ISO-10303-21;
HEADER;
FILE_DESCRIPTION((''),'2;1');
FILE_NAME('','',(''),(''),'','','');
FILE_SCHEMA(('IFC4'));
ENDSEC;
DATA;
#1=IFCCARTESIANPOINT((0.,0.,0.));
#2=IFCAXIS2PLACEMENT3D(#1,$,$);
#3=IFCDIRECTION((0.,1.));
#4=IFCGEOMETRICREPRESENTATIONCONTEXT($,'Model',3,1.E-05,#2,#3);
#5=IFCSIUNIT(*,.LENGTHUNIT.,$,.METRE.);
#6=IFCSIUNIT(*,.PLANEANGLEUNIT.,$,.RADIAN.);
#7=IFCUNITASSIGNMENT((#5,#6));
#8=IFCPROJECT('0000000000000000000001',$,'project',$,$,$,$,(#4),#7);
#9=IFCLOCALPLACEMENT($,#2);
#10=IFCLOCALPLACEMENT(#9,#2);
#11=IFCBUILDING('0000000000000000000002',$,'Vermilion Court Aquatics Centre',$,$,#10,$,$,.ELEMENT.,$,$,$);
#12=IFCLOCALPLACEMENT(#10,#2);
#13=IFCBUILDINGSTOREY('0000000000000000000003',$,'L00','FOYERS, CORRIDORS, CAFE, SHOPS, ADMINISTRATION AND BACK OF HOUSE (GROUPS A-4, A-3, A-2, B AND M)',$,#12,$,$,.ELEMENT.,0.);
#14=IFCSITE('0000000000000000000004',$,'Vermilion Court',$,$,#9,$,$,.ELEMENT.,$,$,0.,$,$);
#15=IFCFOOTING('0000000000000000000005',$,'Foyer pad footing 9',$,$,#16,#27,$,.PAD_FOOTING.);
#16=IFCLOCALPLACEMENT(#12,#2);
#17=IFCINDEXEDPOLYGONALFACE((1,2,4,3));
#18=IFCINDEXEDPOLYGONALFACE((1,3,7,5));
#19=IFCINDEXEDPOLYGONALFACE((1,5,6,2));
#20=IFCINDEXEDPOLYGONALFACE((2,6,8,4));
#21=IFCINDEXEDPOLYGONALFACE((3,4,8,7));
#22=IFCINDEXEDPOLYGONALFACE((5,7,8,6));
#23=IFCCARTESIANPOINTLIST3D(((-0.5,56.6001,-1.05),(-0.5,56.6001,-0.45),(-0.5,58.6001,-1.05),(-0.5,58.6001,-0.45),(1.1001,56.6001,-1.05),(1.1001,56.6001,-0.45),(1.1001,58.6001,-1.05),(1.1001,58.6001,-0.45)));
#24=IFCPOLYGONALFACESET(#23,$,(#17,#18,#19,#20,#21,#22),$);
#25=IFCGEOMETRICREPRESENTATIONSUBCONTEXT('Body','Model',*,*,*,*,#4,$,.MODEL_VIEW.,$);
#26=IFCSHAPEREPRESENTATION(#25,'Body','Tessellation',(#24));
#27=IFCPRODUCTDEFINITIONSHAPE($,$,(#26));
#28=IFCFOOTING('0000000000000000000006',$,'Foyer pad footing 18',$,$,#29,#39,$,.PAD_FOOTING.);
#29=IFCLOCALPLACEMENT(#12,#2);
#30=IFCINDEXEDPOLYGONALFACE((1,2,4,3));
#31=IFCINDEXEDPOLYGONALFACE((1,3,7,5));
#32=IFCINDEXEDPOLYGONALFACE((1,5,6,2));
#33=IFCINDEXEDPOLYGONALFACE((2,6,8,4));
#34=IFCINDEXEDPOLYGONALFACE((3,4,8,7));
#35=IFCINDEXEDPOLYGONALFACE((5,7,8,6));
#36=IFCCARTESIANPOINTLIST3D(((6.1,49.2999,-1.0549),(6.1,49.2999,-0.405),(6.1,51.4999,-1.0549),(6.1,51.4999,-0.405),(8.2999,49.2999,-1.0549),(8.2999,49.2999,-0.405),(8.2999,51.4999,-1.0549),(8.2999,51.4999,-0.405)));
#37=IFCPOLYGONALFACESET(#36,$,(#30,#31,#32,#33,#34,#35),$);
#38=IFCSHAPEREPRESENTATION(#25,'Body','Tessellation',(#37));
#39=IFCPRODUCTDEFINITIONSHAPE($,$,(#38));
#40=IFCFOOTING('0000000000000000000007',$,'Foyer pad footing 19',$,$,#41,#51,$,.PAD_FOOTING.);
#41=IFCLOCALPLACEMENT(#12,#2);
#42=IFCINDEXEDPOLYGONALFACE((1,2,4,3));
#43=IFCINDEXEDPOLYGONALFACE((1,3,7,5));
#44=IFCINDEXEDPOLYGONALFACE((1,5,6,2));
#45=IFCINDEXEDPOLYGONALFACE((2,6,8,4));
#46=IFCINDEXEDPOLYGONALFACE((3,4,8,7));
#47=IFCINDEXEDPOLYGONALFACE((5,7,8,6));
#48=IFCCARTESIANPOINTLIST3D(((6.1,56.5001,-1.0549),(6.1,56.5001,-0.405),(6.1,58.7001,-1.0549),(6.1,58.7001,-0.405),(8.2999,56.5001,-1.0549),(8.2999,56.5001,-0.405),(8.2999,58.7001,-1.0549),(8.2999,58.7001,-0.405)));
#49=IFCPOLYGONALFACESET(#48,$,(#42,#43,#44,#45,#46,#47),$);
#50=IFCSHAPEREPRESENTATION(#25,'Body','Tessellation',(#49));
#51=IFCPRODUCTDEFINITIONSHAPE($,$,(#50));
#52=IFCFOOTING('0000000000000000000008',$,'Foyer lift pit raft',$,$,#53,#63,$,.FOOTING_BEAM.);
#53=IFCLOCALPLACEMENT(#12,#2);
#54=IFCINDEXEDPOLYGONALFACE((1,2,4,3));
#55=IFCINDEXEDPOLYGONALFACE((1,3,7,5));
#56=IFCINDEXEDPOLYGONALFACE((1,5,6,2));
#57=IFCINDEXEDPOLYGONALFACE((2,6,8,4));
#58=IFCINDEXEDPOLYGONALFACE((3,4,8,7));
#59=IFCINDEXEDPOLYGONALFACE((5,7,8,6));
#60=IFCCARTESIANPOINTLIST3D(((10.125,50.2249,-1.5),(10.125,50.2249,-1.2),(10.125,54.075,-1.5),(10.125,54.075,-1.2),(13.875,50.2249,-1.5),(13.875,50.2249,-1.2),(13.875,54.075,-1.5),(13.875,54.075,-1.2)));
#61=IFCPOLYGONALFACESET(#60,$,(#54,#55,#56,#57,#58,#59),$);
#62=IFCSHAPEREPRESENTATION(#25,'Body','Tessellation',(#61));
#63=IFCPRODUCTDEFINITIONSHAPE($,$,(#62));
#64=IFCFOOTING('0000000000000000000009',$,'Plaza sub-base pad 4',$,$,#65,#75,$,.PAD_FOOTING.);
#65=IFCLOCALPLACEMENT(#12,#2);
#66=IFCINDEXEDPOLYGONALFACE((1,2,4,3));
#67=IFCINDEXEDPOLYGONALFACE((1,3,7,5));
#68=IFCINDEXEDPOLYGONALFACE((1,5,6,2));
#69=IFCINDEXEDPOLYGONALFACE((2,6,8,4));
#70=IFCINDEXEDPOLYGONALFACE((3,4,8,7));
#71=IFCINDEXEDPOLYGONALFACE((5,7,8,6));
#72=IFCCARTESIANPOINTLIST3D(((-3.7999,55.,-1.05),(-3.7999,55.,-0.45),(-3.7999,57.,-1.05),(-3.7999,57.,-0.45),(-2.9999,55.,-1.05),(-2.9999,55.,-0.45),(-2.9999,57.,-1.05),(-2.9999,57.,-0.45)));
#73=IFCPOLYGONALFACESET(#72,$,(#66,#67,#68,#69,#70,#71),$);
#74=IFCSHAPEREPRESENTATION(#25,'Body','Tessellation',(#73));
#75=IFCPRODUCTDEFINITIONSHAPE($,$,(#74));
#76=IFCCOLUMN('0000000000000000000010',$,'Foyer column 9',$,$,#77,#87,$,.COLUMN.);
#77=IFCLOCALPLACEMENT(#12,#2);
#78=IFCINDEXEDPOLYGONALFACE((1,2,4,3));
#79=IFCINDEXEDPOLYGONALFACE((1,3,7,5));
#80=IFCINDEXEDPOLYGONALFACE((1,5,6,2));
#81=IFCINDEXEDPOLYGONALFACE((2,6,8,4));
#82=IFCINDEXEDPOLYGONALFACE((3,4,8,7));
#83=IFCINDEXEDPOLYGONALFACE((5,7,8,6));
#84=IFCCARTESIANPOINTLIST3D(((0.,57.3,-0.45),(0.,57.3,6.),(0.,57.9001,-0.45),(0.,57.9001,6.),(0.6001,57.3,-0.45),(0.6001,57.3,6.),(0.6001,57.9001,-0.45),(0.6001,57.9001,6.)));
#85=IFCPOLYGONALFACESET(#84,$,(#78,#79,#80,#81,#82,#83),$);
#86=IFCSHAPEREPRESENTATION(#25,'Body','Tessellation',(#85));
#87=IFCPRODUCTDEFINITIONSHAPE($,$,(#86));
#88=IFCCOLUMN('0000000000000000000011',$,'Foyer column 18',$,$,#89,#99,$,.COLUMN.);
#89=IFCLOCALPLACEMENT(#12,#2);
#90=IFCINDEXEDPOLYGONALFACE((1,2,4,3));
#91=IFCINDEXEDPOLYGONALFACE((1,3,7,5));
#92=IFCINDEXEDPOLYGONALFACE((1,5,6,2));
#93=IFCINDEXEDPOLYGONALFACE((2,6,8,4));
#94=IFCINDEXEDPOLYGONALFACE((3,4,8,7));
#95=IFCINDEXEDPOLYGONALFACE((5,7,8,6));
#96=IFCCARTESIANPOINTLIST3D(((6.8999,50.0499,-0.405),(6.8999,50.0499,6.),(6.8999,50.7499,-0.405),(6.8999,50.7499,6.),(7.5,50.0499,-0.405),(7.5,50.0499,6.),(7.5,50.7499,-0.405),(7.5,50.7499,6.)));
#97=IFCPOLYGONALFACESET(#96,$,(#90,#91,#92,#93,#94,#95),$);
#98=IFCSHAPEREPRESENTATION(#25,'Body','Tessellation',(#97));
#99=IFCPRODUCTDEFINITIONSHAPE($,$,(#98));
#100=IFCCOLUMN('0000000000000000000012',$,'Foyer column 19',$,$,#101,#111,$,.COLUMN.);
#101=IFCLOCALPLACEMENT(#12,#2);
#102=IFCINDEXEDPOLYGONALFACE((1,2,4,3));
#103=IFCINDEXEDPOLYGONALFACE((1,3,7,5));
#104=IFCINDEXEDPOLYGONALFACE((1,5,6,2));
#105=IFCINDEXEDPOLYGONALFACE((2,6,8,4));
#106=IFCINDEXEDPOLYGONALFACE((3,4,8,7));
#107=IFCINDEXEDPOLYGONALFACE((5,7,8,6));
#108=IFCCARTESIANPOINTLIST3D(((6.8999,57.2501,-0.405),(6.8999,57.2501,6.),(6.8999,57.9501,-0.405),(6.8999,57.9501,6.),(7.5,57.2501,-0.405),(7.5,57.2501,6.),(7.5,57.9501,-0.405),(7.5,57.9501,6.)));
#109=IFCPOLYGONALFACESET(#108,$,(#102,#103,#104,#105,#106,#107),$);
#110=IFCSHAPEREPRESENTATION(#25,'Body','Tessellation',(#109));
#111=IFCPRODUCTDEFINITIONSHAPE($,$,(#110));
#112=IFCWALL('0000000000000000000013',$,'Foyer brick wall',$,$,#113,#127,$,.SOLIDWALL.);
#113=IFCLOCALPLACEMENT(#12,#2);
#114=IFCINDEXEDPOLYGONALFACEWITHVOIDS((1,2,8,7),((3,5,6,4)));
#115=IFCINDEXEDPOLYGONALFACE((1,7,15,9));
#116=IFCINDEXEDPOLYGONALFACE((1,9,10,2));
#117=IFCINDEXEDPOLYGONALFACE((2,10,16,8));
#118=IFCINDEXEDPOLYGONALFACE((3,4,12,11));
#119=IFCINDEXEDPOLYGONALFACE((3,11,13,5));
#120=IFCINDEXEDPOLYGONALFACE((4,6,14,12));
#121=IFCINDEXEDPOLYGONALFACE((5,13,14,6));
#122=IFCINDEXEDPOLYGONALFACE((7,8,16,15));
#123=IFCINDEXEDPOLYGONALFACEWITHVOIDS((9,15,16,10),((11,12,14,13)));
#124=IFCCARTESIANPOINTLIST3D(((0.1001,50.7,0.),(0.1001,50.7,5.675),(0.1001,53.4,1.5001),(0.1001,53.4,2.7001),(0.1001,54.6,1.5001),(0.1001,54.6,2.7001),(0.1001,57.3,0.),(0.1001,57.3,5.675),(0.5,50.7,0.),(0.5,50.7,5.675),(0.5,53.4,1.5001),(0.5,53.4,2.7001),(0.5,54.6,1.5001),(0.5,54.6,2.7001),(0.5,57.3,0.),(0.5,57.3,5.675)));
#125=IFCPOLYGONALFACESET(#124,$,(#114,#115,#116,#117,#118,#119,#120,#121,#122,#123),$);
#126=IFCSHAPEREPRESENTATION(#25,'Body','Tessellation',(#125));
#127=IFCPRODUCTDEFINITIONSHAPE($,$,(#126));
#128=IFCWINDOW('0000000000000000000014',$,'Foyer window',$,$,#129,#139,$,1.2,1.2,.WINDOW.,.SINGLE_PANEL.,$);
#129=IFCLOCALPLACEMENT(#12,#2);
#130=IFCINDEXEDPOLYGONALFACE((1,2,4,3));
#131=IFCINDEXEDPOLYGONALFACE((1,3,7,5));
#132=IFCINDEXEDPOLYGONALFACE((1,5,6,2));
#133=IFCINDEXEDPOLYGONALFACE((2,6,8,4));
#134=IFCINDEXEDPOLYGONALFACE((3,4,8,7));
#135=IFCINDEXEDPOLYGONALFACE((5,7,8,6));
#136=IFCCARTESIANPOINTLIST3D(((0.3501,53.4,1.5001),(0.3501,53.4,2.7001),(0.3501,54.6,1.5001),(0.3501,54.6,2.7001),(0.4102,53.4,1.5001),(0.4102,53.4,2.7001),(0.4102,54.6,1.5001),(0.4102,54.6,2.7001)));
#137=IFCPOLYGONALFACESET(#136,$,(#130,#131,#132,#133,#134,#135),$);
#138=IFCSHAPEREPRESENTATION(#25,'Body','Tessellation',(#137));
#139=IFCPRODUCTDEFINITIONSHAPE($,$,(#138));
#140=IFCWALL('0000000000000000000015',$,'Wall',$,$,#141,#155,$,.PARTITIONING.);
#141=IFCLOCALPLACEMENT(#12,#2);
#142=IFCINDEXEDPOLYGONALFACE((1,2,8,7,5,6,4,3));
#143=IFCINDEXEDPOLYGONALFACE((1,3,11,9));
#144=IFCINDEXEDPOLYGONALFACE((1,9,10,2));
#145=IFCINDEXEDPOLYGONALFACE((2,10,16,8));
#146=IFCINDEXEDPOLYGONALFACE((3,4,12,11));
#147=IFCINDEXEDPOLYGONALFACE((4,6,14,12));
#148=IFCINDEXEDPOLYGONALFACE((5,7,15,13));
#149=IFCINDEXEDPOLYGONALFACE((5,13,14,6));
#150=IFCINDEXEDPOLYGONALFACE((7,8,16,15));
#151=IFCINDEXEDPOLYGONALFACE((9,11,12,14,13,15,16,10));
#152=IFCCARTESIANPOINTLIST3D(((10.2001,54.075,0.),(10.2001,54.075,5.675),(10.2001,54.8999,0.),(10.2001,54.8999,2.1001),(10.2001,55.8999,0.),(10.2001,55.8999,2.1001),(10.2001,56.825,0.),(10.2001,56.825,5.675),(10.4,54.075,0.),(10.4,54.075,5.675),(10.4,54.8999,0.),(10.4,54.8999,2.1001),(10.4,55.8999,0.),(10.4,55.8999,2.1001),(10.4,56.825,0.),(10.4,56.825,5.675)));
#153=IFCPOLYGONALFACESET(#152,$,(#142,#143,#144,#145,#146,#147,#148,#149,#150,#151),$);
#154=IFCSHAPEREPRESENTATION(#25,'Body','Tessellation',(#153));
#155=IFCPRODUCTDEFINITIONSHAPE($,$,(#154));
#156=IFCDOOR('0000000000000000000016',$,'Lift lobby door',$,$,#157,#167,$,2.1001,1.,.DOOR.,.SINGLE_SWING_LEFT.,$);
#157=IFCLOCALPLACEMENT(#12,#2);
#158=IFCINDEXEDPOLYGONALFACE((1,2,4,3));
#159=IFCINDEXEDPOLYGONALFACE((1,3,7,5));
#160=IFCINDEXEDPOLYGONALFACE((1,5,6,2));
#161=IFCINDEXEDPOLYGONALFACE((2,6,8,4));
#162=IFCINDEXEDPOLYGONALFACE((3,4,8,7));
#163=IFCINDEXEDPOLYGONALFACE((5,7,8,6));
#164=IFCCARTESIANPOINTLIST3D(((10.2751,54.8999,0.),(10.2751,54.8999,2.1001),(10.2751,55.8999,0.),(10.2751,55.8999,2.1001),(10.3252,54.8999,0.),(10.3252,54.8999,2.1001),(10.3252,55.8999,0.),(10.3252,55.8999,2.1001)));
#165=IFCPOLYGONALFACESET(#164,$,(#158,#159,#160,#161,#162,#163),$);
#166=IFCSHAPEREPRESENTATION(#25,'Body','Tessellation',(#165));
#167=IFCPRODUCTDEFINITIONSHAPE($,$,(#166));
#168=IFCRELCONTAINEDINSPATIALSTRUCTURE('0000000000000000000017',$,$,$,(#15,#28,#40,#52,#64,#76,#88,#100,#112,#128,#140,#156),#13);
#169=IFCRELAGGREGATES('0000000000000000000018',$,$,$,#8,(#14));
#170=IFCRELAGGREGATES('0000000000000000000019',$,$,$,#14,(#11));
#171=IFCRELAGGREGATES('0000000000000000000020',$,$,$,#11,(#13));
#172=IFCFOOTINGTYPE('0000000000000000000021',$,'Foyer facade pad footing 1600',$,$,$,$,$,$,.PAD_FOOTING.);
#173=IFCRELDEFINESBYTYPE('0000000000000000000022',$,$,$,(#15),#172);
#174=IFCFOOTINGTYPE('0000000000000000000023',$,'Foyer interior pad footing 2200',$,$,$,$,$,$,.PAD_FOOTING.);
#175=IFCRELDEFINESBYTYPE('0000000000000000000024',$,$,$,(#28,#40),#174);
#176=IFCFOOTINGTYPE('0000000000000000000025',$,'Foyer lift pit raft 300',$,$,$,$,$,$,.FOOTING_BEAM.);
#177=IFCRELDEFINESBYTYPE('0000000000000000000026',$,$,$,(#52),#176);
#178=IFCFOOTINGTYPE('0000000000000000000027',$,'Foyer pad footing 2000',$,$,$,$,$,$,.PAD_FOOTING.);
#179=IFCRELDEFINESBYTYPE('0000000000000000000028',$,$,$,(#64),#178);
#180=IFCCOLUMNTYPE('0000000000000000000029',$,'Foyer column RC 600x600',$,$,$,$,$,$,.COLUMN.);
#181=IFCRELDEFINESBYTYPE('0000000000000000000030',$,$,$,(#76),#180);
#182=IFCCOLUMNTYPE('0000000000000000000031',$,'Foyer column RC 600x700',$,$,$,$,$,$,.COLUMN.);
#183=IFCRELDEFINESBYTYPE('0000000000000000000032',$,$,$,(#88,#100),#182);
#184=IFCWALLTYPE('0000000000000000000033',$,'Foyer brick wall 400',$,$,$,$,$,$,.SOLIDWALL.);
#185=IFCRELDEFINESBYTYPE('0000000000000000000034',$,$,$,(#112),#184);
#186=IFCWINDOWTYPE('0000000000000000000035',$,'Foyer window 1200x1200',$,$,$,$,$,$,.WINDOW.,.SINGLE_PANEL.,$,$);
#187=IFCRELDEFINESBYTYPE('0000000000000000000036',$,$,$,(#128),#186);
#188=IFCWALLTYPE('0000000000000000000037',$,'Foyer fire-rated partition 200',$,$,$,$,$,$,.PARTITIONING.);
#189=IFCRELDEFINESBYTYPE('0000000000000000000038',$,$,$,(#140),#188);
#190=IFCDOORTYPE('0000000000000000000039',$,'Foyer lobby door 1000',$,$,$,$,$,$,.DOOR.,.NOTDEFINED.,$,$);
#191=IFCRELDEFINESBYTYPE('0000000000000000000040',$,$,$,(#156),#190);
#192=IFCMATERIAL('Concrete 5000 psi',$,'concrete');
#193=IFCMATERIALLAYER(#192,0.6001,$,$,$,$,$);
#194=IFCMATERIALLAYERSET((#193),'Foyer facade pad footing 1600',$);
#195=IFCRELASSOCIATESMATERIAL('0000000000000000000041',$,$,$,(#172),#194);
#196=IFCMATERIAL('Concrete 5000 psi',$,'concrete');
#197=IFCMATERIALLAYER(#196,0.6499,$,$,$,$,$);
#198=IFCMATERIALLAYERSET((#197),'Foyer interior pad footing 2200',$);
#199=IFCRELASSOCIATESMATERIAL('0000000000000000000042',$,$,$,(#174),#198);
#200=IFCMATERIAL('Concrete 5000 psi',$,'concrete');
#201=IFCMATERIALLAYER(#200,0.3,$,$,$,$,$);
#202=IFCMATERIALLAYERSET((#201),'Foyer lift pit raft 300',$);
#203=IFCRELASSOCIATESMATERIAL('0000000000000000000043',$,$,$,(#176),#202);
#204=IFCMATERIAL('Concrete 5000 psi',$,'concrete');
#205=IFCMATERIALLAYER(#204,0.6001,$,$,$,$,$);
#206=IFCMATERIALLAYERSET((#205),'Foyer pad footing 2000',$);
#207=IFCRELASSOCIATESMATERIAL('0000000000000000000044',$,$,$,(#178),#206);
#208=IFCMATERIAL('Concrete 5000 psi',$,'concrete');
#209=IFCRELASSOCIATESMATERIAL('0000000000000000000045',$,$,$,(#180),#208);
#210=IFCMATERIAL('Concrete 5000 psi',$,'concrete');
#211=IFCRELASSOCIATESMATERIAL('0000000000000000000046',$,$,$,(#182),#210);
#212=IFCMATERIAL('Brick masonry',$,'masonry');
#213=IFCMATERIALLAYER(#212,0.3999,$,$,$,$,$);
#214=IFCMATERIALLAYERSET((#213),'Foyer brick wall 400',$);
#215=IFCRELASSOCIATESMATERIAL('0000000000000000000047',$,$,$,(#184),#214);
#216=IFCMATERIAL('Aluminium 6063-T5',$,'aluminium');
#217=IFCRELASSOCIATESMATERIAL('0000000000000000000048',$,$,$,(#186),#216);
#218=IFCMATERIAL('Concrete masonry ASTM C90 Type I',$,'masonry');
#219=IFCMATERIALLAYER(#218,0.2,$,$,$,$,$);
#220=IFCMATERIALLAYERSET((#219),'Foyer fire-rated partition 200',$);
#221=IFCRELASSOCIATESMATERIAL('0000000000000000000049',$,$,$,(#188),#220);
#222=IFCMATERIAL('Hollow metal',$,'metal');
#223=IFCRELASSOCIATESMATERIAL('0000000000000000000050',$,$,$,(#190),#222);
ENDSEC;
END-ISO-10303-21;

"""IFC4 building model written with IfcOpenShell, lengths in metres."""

from ifc_helpers import new_model, si_unit, direction, frame, frame_2d, origin, origin_2d, place, context, subcontext, project, spatial, rectangle, extrude, material, layer, layer_set, material_profile, profile_set, type_object, element, fill, save


model = new_model("IFC4")

# Units and contexts
model_context = context("Model", 3, precision=1e-05, world=origin(), true_north=direction((0.0, 1.0)))
body_context = subcontext(model_context, "Body", "Model", "MODEL_VIEW")
ifc_project = project(units=[si_unit("LENGTHUNIT", "METRE"), si_unit("PLANEANGLEUNIT", "RADIAN")], contexts=[model_context])

# Site, building, storey
site_placement = place(None, origin())
site = spatial("IfcSite", under=ifc_project, at=site_placement, Name="Vermilion Court", CompositionType="ELEMENT", RefElevation=0.0)
building_placement = place(site_placement, origin())
building = spatial("IfcBuilding", under=site, at=building_placement, Name="Vermilion Court Aquatics Centre", CompositionType="ELEMENT")
storey_placement = place(building_placement, origin())
storey = spatial("IfcBuildingStorey", under=building, at=storey_placement, Name="L00", Description="FOYERS, CORRIDORS, CAFE, SHOPS, ADMINISTRATION AND BACK OF HOUSE (GROUPS A-4, A-3, A-2, B AND M)", CompositionType="ELEMENT", Elevation=0.0)

# Footings
ifc_material_1 = material(Name="Concrete 5000 psi", Category="concrete")
ifc_layer_1 = layer(ifc_material_1, 0.6001)
ifc_layer_set_1 = layer_set([ifc_layer_1], Name="Foyer facade pad footing 1600")
footing_type_1 = type_object("IfcFootingType", Name="Foyer facade pad footing 1600", PredefinedType="PAD_FOOTING", material=ifc_layer_set_1)
footing_1_placement = place(storey_placement, frame((0.3, 57.6001, -1.05), z_axis=(0.0, 0.0, 1.0), x_axis=(1.0, 0.0, 0.0)))
element("IfcFooting", 1, at=footing_1_placement, inside=storey, type_object=footing_type_1, Name="Foyer pad footing 9", PredefinedType="PAD_FOOTING", context=body_context, shape_type="SweptSolid", body=[
    extrude(rectangle(XDim=1.6001, YDim=2.0, at=origin_2d()), origin(), (0.0, 0.0, 1.0), 0.6001),
])
ifc_material_2 = material(Name="Concrete 5000 psi", Category="concrete")
ifc_layer_2 = layer(ifc_material_2, 0.6499)
ifc_layer_set_2 = layer_set([ifc_layer_2], Name="Foyer interior pad footing 2200")
footing_type_2 = type_object("IfcFootingType", Name="Foyer interior pad footing 2200", PredefinedType="PAD_FOOTING", material=ifc_layer_set_2)
for number, where, z_axis, x_axis, name in (
    (2, (7.2, 50.3999, -1.0549), (0.0, 0.0, 1.0), (1.0, 0.0, 0.0), "Foyer pad footing 18"),
    (3, (7.2, 57.6001, -1.0549), (0.0, 0.0, 1.0), (1.0, 0.0, 0.0), "Foyer pad footing 19"),
):
    element("IfcFooting", number, at=place(storey_placement, frame(where, z_axis=z_axis, x_axis=x_axis)), inside=storey, type_object=footing_type_2, Name=name, PredefinedType="PAD_FOOTING", context=body_context, shape_type="SweptSolid", body=[
        extrude(rectangle(XDim=2.2, YDim=2.2, at=origin_2d()), origin(), (0.0, 0.0, 1.0), 0.6499),
    ])
ifc_material_3 = material(Name="Concrete 5000 psi", Category="concrete")
ifc_layer_3 = layer(ifc_material_3, 0.3)
ifc_layer_set_3 = layer_set([ifc_layer_3], Name="Foyer lift pit raft 300")
footing_type_3 = type_object("IfcFootingType", Name="Foyer lift pit raft 300", PredefinedType="FOOTING_BEAM", material=ifc_layer_set_3)
footing_2_placement = place(storey_placement, frame((12.0, 52.1499, -1.5), z_axis=(0.0, 0.0, 1.0), x_axis=(1.0, 0.0, 0.0)))
element("IfcFooting", 4, at=footing_2_placement, inside=storey, type_object=footing_type_3, Name="Foyer lift pit raft", PredefinedType="FOOTING_BEAM", context=body_context, shape_type="SweptSolid", body=[
    extrude(rectangle(XDim=3.75, YDim=3.8501, at=origin_2d()), origin(), (0.0, 0.0, 1.0), 0.3),
])
ifc_material_4 = material(Name="Concrete 5000 psi", Category="concrete")
ifc_layer_4 = layer(ifc_material_4, 0.6001)
ifc_layer_set_4 = layer_set([ifc_layer_4], Name="Foyer pad footing 2000")
footing_type_4 = type_object("IfcFootingType", Name="Foyer pad footing 2000", PredefinedType="PAD_FOOTING", material=ifc_layer_set_4)
footing_3_placement = place(storey_placement, frame((-3.3999, 56.0, -1.05), z_axis=(0.0, 0.0, 1.0), x_axis=(1.0, 0.0, 0.0)))
element("IfcFooting", 5, at=footing_3_placement, inside=storey, type_object=footing_type_4, Name="Plaza sub-base pad 4", PredefinedType="PAD_FOOTING", context=body_context, shape_type="SweptSolid", body=[
    extrude(rectangle(XDim=0.8, YDim=2.0, at=origin_2d()), origin(), (0.0, 0.0, 1.0), 0.6001),
])

# Columns
ifc_material_5 = material(Name="Concrete 5000 psi", Category="concrete")
ifc_material_profile_1 = material_profile(ifc_material_5, rectangle(XDim=0.6001, YDim=0.6001, at=origin_2d()), Name="RC 600x600")
ifc_profile_set_1 = profile_set([ifc_material_profile_1], Name="Concrete 5000 psi")
column_type_1 = type_object("IfcColumnType", Name="Foyer column RC 600x600", PredefinedType="COLUMN", material=ifc_profile_set_1)
column_placement = place(storey_placement, frame((0.3, 57.6001, -0.45), z_axis=(0.0, 0.0, 1.0), x_axis=(1.0, 0.0, 0.0)))
element("IfcColumn", 6, at=column_placement, inside=storey, type_object=column_type_1, Name="Foyer column 9", PredefinedType="COLUMN", context=body_context, shape_type="SweptSolid", body=[
    extrude(rectangle(XDim=0.6001, YDim=0.6001, at=origin_2d()), origin(), (0.0, 0.0, 1.0), 6.45),
])
ifc_material_6 = material(Name="Concrete 5000 psi", Category="concrete")
ifc_material_profile_2 = material_profile(ifc_material_6, rectangle(XDim=0.6001, YDim=0.7, at=origin_2d()), Name="RC 600x700")
ifc_profile_set_2 = profile_set([ifc_material_profile_2], Name="Concrete 5000 psi")
column_type_2 = type_object("IfcColumnType", Name="Foyer column RC 600x700", PredefinedType="COLUMN", material=ifc_profile_set_2)
for number, where, z_axis, x_axis, name in (
    (7, (7.2, 50.3999, -0.405), (0.0, 0.0, 1.0), (1.0, 0.0, 0.0), "Foyer column 18"),
    (8, (7.2, 57.6001, -0.405), (0.0, 0.0, 1.0), (1.0, 0.0, 0.0), "Foyer column 19"),
):
    element("IfcColumn", number, at=place(storey_placement, frame(where, z_axis=z_axis, x_axis=x_axis)), inside=storey, type_object=column_type_2, Name=name, PredefinedType="COLUMN", context=body_context, shape_type="SweptSolid", body=[
        extrude(rectangle(XDim=0.6001, YDim=0.7, at=origin_2d()), origin(), (0.0, 0.0, 1.0), 6.405),
    ])

# Wall, opening, window
ifc_material_7 = material(Name="Brick masonry", Category="masonry")
ifc_layer_5 = layer(ifc_material_7, 0.3999)
ifc_layer_set_5 = layer_set([ifc_layer_5], Name="Foyer brick wall 400")
wall_type_1 = type_object("IfcWallType", Name="Foyer brick wall 400", PredefinedType="SOLIDWALL", material=ifc_layer_set_5)
wall_1_placement = place(storey_placement, frame((0.3, 50.7, 0.0), z_axis=(0.0, 0.0, 1.0), x_axis=(0.0, 1.0, 0.0)))
wall_1 = element("IfcWall", 9, at=wall_1_placement, inside=storey, type_object=wall_type_1, Name="Foyer brick wall", PredefinedType="SOLIDWALL", context=body_context, shape_type="SweptSolid", body=[
    extrude(rectangle(XDim=6.6001, YDim=0.3999, at=frame_2d((3.3, 0.0))), origin(), (0.0, 0.0, 1.0), 5.675),
])
opening_1_placement = place(wall_1_placement, frame((2.7, 0.0, 1.5)))
opening_1 = element("IfcOpeningElement", 10, at=opening_1_placement, cuts=wall_1, PredefinedType="OPENING", context=body_context, shape_type="SweptSolid", body=[
    extrude(rectangle(XDim=1.2, YDim=1.2, at=frame_2d((0.6001, 0.6001))), frame((0.0, 0.21, 0.0), z_axis=(0.0, -1.0, 0.0), x_axis=(1.0, 0.0, 0.0)), (0.0, 0.0, 1.0), 0.4199),
])
ifc_material_8 = material(Name="Aluminium 6063-T5", Category="aluminium")
window_type = type_object("IfcWindowType", Name="Foyer window 1200x1200", PartitioningType="SINGLE_PANEL", PredefinedType="WINDOW", material=ifc_material_8)
window_placement = place(opening_1_placement, origin())
window = element("IfcWindow", 11, at=window_placement, inside=storey, type_object=window_type, Name="Foyer window", OverallHeight=1.2, OverallWidth=1.2, PartitioningType="SINGLE_PANEL", PredefinedType="WINDOW", context=body_context, shape_type="SweptSolid", body=[
    extrude(rectangle(XDim=1.2, YDim=1.2, at=frame_2d((0.6001, 0.6001))), frame((0.0, -0.05, 0.0), z_axis=(0.0, -1.0, 0.0), x_axis=(1.0, 0.0, 0.0)), (0.0, 0.0, 1.0), 0.0601),
])
fill(opening_1, window)

# Wall, opening, door
ifc_material_9 = material(Name="Concrete masonry ASTM C90 Type I", Category="masonry")
ifc_layer_6 = layer(ifc_material_9, 0.2)
ifc_layer_set_6 = layer_set([ifc_layer_6], Name="Foyer fire-rated partition 200")
wall_type_2 = type_object("IfcWallType", Name="Foyer fire-rated partition 200", PredefinedType="PARTITIONING", material=ifc_layer_set_6)
wall_2_placement = place(storey_placement, frame((10.3, 54.075, 0.0), z_axis=(0.0, 0.0, 1.0), x_axis=(0.0, 1.0, 0.0)))
wall_2 = element("IfcWall", 12, at=wall_2_placement, inside=storey, type_object=wall_type_2, Name="Wall", PredefinedType="PARTITIONING", context=body_context, shape_type="SweptSolid", body=[
    extrude(rectangle(XDim=2.75, YDim=0.2, at=frame_2d((1.375, 0.0))), origin(), (0.0, 0.0, 1.0), 5.675),
])
opening_2_placement = place(wall_2_placement, frame((0.825, 0.0, 0.0)))
opening_2 = element("IfcOpeningElement", 13, at=opening_2_placement, cuts=wall_2, PredefinedType="OPENING", context=body_context, shape_type="SweptSolid", body=[
    extrude(rectangle(XDim=1.0, YDim=2.1001, at=frame_2d((0.5, 1.05))), frame((0.0, 0.1099, 0.0), z_axis=(0.0, -1.0, 0.0), x_axis=(1.0, 0.0, 0.0)), (0.0, 0.0, 1.0), 0.22),
])
ifc_material_10 = material(Name="Hollow metal", Category="metal")
door_type_1 = type_object("IfcDoorType", Name="Foyer lobby door 1000", OperationType="NOTDEFINED", PredefinedType="DOOR", material=ifc_material_10)
door_1_placement = place(opening_2_placement, origin())
door_1 = element("IfcDoor", 14, at=door_1_placement, inside=storey, type_object=door_type_1, Name="Lift lobby door", OperationType="SINGLE_SWING_LEFT", OverallHeight=2.1001, OverallWidth=1.0, PredefinedType="DOOR", context=body_context, shape_type="SweptSolid", body=[
    extrude(rectangle(XDim=1.0, YDim=2.1001, at=frame_2d((0.5, 1.05))), frame((0.0, 0.0249, 0.0), z_axis=(0.0, -1.0, 0.0), x_axis=(1.0, 0.0, 0.0)), (0.0, 0.0, 1.0), 0.05),
])
fill(opening_2, door_1)

save(model, "model.ifc")
